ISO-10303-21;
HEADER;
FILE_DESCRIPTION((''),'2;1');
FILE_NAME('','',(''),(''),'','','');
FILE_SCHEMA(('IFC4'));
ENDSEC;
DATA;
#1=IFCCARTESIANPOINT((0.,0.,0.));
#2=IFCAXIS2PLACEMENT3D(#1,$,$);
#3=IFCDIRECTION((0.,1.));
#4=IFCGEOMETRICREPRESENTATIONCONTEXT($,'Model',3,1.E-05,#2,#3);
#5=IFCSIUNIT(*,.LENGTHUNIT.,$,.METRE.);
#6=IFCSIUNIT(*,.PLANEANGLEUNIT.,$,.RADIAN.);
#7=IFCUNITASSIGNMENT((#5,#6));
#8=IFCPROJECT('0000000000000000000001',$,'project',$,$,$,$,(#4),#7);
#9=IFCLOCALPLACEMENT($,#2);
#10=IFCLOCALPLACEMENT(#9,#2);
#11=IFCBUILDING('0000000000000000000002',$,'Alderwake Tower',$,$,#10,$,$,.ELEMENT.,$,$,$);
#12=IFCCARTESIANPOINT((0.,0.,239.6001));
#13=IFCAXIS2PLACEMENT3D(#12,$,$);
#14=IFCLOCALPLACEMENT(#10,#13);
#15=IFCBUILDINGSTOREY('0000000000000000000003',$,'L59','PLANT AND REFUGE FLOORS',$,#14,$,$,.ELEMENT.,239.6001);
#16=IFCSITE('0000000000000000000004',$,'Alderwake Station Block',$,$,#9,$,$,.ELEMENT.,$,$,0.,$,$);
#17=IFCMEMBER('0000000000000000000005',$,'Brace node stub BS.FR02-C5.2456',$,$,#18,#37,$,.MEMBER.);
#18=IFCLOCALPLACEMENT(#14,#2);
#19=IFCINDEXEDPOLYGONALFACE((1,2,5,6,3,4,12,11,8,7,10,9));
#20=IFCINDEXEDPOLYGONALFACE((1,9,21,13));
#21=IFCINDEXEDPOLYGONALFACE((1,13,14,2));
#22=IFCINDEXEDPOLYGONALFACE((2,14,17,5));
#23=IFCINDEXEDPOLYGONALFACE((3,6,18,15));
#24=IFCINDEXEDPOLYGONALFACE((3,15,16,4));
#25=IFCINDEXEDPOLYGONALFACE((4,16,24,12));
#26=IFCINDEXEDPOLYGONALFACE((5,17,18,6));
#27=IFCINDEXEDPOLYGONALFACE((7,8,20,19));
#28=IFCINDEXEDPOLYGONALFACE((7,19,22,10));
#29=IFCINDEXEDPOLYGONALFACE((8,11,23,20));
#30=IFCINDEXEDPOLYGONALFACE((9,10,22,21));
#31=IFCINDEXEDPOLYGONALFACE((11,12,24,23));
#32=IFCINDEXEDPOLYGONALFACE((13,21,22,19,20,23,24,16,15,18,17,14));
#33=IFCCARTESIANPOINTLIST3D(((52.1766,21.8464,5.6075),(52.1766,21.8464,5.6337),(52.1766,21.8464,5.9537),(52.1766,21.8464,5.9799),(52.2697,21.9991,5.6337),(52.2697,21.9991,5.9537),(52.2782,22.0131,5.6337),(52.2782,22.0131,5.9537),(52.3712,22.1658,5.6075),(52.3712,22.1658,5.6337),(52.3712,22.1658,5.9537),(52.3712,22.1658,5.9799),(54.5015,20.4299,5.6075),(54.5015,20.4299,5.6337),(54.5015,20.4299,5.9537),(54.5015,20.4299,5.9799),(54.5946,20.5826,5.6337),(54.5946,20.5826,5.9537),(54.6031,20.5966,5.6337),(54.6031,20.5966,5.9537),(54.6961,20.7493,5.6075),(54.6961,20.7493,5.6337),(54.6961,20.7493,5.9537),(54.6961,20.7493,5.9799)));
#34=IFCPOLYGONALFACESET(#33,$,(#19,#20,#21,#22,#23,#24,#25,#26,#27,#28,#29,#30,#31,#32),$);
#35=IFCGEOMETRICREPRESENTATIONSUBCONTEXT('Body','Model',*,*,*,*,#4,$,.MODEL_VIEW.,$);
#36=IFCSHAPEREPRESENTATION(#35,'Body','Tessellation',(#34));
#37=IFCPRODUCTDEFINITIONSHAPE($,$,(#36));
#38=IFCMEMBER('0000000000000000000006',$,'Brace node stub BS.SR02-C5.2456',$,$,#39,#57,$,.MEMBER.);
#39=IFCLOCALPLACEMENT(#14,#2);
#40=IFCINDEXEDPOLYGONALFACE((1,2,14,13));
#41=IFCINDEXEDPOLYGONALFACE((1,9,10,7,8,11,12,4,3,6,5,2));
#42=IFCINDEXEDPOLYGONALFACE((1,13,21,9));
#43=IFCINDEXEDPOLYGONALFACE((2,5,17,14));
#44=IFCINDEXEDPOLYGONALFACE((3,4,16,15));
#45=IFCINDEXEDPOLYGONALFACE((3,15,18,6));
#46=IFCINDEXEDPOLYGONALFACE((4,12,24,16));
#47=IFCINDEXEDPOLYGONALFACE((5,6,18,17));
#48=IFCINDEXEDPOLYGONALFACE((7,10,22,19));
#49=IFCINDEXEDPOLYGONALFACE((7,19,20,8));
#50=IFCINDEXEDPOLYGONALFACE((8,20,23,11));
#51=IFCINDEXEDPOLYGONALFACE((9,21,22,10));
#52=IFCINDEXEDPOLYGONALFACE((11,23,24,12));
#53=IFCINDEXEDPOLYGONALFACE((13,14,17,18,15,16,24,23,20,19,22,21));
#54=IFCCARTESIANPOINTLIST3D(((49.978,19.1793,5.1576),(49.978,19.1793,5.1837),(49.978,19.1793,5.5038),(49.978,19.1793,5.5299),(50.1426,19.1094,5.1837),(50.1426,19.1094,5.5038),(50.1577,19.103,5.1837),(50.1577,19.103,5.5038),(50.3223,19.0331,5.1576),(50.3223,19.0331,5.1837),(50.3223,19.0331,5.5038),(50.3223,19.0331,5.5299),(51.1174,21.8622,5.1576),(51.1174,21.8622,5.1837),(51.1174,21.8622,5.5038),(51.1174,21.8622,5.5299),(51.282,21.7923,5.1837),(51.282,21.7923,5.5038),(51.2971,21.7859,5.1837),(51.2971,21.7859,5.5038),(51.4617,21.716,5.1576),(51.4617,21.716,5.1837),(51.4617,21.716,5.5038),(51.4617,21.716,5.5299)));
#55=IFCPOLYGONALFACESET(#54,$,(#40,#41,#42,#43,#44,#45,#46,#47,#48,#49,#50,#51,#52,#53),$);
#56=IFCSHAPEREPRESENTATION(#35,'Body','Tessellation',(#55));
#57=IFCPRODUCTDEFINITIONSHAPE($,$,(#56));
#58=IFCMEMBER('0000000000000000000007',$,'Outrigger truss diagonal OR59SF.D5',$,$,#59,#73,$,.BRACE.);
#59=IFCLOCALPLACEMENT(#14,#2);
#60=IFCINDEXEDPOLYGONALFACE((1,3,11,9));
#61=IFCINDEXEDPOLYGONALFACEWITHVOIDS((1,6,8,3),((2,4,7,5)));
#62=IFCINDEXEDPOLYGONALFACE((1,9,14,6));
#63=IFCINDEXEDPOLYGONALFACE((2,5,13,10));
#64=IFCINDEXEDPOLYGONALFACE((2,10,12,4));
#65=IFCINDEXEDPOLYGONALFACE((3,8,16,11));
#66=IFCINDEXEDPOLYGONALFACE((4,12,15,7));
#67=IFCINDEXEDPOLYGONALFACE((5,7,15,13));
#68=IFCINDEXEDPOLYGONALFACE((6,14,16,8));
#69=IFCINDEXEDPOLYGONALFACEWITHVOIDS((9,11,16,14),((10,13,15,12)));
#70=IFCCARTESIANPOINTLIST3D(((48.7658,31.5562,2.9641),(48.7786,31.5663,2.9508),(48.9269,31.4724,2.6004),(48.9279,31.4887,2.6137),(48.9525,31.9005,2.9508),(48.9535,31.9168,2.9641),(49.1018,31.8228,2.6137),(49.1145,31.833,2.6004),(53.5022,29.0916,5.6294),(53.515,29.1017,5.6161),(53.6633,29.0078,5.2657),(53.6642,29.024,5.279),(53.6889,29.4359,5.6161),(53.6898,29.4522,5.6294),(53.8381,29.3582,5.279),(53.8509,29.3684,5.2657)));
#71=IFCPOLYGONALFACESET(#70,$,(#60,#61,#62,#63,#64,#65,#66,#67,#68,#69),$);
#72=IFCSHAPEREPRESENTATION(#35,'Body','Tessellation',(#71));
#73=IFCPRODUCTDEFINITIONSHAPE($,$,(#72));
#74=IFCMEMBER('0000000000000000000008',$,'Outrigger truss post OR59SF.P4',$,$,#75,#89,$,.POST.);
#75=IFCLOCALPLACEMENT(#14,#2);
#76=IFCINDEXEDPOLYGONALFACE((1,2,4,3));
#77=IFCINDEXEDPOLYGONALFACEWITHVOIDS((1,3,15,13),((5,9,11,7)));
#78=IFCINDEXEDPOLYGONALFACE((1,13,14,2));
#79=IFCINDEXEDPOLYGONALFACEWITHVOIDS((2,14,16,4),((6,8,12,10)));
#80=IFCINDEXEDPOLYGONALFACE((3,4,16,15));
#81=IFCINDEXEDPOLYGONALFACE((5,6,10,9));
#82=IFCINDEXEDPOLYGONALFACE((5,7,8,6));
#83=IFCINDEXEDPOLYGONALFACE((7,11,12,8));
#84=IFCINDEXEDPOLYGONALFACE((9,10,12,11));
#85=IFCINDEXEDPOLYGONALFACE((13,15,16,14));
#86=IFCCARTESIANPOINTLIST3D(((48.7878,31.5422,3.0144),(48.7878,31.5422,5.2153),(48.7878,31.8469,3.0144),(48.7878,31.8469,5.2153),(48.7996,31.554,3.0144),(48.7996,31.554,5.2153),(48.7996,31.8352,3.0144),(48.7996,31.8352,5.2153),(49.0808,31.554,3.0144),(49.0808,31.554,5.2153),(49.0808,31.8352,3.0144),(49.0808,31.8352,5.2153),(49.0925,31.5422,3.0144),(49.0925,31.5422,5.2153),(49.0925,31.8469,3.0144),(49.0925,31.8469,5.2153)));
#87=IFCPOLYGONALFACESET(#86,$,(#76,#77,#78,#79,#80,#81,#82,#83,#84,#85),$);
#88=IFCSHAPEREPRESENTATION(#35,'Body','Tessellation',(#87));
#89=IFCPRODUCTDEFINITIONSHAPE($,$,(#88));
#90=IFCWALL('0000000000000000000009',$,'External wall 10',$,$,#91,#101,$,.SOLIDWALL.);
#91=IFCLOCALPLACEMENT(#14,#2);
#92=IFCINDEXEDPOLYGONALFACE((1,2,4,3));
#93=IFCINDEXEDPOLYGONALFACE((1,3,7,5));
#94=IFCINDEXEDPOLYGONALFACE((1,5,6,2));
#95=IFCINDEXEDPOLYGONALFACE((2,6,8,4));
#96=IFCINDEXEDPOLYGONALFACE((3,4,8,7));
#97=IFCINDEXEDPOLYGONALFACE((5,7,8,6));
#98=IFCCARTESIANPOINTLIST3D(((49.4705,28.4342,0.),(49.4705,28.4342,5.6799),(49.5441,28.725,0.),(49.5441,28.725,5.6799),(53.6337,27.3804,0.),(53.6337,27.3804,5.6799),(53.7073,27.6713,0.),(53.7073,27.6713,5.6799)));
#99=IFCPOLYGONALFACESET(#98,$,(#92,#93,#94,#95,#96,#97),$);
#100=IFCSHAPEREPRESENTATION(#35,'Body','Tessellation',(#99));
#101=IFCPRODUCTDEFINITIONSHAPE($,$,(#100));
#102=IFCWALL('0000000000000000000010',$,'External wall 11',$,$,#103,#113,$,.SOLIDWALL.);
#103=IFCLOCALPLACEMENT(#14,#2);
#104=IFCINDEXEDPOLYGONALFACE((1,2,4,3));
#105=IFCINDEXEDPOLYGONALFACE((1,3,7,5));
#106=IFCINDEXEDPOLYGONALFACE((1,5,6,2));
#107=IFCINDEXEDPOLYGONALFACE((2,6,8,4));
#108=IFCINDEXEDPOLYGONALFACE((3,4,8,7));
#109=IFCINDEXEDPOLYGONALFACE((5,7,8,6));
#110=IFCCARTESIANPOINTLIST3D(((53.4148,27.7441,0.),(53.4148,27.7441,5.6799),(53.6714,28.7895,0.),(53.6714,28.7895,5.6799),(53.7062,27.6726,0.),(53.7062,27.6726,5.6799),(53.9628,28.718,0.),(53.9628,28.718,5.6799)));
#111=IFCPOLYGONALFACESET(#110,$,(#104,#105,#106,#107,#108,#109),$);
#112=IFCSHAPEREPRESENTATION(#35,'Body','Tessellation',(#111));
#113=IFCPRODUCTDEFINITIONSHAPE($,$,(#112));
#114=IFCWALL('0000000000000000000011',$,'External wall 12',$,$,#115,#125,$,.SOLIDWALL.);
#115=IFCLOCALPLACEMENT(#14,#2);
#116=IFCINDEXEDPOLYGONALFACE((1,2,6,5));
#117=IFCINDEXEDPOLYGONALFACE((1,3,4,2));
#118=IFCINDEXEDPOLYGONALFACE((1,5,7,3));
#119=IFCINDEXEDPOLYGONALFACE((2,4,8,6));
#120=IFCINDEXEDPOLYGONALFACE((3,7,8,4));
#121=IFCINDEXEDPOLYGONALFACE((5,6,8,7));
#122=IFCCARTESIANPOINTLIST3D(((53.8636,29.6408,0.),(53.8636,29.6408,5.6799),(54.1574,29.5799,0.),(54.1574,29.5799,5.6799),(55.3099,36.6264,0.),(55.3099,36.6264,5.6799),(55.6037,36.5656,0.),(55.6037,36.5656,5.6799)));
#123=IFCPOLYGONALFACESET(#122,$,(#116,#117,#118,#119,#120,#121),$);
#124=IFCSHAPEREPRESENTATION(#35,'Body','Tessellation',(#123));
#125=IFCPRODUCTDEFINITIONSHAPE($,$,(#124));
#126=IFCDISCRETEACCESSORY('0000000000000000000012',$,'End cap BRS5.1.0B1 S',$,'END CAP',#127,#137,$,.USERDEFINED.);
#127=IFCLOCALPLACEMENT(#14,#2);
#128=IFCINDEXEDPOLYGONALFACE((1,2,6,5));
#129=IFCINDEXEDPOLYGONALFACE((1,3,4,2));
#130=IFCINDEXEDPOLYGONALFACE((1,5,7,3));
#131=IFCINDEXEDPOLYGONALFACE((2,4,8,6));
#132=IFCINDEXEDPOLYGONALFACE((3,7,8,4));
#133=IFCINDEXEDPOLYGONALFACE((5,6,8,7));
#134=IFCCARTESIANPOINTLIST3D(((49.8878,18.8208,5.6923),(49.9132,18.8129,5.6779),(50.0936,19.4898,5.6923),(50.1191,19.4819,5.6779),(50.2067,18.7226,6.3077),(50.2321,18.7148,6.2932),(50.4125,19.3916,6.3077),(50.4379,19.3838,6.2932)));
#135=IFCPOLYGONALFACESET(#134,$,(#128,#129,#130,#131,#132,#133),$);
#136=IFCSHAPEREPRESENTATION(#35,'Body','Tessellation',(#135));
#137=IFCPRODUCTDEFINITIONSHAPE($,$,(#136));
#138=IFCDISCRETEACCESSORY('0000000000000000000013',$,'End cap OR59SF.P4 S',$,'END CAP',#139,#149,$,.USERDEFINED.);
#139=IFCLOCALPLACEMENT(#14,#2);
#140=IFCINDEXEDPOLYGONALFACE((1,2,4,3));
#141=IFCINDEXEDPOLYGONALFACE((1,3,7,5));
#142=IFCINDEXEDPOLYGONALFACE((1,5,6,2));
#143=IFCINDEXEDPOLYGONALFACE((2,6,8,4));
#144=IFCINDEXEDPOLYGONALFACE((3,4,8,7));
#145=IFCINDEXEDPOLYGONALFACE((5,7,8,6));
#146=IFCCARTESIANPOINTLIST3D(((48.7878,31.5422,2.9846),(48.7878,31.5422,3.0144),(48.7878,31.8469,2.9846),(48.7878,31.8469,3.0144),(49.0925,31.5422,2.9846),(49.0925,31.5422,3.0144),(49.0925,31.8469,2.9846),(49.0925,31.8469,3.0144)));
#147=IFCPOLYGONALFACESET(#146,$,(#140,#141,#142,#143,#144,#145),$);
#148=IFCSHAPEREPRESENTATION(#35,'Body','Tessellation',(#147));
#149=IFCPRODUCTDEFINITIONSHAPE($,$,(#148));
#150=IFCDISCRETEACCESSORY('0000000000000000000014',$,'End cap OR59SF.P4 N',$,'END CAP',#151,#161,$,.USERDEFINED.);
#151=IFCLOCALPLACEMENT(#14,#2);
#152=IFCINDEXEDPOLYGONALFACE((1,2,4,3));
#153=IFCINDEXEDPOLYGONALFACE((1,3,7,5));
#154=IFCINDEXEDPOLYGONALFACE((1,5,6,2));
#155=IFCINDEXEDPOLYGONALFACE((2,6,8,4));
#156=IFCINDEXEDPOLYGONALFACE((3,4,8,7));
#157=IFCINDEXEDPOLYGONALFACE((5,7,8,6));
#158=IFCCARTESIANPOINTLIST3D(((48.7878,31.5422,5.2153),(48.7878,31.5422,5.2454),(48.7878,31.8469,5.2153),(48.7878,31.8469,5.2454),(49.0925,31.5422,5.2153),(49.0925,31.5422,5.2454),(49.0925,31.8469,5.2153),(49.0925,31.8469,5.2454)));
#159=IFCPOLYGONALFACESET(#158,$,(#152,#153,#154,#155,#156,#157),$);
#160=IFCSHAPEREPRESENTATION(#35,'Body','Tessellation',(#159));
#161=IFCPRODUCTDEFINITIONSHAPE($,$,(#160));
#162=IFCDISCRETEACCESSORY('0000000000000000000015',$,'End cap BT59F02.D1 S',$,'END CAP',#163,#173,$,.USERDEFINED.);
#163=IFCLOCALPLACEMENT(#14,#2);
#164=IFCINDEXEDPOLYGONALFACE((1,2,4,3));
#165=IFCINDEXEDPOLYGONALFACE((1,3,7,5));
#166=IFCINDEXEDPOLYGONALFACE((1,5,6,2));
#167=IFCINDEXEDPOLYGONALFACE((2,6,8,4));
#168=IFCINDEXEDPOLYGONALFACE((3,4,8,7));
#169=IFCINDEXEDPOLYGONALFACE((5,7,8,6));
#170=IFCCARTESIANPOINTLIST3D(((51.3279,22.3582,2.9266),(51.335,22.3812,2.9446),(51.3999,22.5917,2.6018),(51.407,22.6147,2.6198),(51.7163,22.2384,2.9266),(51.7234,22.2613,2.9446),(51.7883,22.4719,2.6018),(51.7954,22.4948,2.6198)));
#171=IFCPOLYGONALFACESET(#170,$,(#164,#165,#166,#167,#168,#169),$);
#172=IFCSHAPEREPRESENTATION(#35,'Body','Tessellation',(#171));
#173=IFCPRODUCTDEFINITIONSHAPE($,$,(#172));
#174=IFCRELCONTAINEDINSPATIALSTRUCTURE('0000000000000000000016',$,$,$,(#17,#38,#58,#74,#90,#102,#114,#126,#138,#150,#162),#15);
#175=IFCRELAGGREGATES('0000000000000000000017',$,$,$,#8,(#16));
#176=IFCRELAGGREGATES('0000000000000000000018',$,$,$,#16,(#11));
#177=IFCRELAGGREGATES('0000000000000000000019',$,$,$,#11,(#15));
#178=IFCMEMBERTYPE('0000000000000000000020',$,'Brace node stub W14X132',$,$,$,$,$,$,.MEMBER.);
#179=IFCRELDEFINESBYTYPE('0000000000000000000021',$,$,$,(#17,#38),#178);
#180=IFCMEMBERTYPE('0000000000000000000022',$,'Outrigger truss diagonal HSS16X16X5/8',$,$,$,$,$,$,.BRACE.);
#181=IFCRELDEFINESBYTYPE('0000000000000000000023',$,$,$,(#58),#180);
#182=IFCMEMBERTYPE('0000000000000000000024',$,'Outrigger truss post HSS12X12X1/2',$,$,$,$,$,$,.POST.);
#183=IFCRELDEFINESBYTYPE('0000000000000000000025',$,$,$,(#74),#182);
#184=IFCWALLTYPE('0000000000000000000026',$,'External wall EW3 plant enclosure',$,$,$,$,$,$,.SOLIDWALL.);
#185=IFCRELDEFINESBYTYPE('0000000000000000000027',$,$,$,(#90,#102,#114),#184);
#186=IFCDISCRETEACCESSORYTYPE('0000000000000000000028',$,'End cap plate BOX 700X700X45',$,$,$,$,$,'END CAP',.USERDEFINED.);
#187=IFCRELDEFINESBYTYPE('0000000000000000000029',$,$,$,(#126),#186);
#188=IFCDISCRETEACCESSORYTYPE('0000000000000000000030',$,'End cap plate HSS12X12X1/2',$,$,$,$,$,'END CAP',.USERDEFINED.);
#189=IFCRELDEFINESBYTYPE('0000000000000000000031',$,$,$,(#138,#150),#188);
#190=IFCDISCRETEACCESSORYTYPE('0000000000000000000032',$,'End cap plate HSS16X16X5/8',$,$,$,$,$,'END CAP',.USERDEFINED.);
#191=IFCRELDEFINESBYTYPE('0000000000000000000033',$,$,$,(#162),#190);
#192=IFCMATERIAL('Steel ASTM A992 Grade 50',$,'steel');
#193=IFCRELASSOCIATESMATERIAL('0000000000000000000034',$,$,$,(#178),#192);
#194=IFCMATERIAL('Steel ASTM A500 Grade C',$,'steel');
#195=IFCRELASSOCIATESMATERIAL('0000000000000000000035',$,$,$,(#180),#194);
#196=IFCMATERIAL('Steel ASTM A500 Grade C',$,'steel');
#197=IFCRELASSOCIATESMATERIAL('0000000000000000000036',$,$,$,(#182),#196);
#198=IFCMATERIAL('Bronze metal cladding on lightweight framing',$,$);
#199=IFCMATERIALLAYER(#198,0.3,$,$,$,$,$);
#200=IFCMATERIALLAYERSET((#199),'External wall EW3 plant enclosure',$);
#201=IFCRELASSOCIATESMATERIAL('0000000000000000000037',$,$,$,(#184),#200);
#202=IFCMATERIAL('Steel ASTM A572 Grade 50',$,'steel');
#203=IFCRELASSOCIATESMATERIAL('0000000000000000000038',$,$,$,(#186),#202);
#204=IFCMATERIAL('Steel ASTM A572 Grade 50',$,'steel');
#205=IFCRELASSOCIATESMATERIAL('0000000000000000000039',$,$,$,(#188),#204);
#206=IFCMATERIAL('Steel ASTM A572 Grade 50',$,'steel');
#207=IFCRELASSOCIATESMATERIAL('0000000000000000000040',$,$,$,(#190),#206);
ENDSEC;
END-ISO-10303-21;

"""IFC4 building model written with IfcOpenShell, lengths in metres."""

from ifc_helpers import new_model, si_unit, direction, frame, frame_2d, origin, origin_2d, place, context, subcontext, project, spatial, rectangle, hollow_rectangle, i_section, extrude, material, layer, layer_set, material_profile, profile_set, type_object, element, save


model = new_model("IFC4")

# Units and contexts
model_context = context("Model", 3, precision=1e-05, world=origin(), true_north=direction((0.0, 1.0)))
body_context = subcontext(model_context, "Body", "Model", "MODEL_VIEW")
ifc_project = project(units=[si_unit("LENGTHUNIT", "METRE"), si_unit("PLANEANGLEUNIT", "RADIAN")], contexts=[model_context])

# Site, building, storey
site_placement = place(None, origin())
site = spatial("IfcSite", under=ifc_project, at=site_placement, Name="Alderwake Station Block", CompositionType="ELEMENT", RefElevation=0.0)
building_placement = place(site_placement, origin())
building = spatial("IfcBuilding", under=site, at=building_placement, Name="Alderwake Tower", CompositionType="ELEMENT")
storey_placement = place(building_placement, frame((0.0, 0.0, 239.6001)))
storey = spatial("IfcBuildingStorey", under=building, at=storey_placement, Name="L59", Description="PLANT AND REFUGE FLOORS", CompositionType="ELEMENT", Elevation=239.6001)

# Members
ifc_material_1 = material(Name="Steel ASTM A992 Grade 50", Category="steel")
ifc_material_profile_1 = material_profile(ifc_material_1, i_section(OverallWidth=0.374, OverallDepth=0.3723, WebThickness=0.0164, FlangeThickness=0.0261, at=origin_2d()), Name="W14X132")
ifc_profile_set_1 = profile_set([ifc_material_profile_1], Name="Steel ASTM A992 Grade 50")
member_type_1 = type_object("IfcMemberType", Name="Brace node stub W14X132", PredefinedType="MEMBER", material=ifc_profile_set_1)
member_1_placement = place(storey_placement, frame((52.2739, 22.0061, 5.7937), z_axis=(0.853984, -0.5203, 0.0), x_axis=(0.5203, 0.853984, 0.0)))
element("IfcMember", 1, at=member_1_placement, inside=storey, type_object=member_type_1, Name="Brace node stub BS.FR02-C5.2456", PredefinedType="MEMBER", context=body_context, shape_type="SweptSolid", body=[
    extrude(i_section(OverallWidth=0.374, OverallDepth=0.3723, WebThickness=0.0164, FlangeThickness=0.0261, at=origin_2d()), origin(), (0.0, 0.0, 1.0), 2.7224),
])
member_2_placement = place(storey_placement, frame((51.2896, 21.7891, 5.3438), z_axis=(-0.390905, -0.920431, 0.0), x_axis=(0.920431, -0.390905, 0.0)))
element("IfcMember", 2, at=member_2_placement, inside=storey, type_object=member_type_1, Name="Brace node stub BS.SR02-C5.2456", PredefinedType="MEMBER", context=body_context, shape_type="SweptSolid", body=[
    extrude(i_section(OverallWidth=0.374, OverallDepth=0.3723, WebThickness=0.0164, FlangeThickness=0.0261, at=origin_2d()), origin(), (0.0, 0.0, 1.0), 2.9148),
])
ifc_material_2 = material(Name="Steel ASTM A500 Grade C", Category="steel")
ifc_material_profile_2 = material_profile(ifc_material_2, hollow_rectangle(XDim=0.4065, YDim=0.4065, WallThickness=0.0149, at=origin_2d()), Name="HSS16X16X5/8")
ifc_profile_set_2 = profile_set([ifc_material_profile_2], Name="Steel ASTM A500 Grade C")
member_type_2 = type_object("IfcMemberType", Name="Outrigger truss diagonal HSS16X16X5/8", PredefinedType="BRACE", material=ifc_profile_set_2)
member_3_placement = place(storey_placement, frame((48.9402, 31.6946, 2.7822), z_axis=(0.79369, -0.413005, 0.446635), x_axis=(0.461605, 0.887086, 0.0)))
element("IfcMember", 3, at=member_3_placement, inside=storey, type_object=member_type_2, Name="Outrigger truss diagonal OR59SF.D5", PredefinedType="BRACE", context=body_context, shape_type="SweptSolid", body=[
    extrude(hollow_rectangle(XDim=0.4065, YDim=0.4065, WallThickness=0.0149, at=origin_2d()), origin(), (0.0, 0.0, 1.0), 5.9675),
])
ifc_material_3 = material(Name="Steel ASTM A500 Grade C", Category="steel")
ifc_material_profile_3 = material_profile(ifc_material_3, hollow_rectangle(XDim=0.3047, YDim=0.3047, WallThickness=0.0117, at=origin_2d()), Name="HSS12X12X1/2")
ifc_profile_set_3 = profile_set([ifc_material_profile_3], Name="Steel ASTM A500 Grade C")
member_type_3 = type_object("IfcMemberType", Name="Outrigger truss post HSS12X12X1/2", PredefinedType="POST", material=ifc_profile_set_3)
member_4_placement = place(storey_placement, frame((48.9402, 31.6946, 3.0144), z_axis=(0.0, 0.0, 1.0), x_axis=(1.0, 0.0, 0.0)))
element("IfcMember", 4, at=member_4_placement, inside=storey, type_object=member_type_3, Name="Outrigger truss post OR59SF.P4", PredefinedType="POST", context=body_context, shape_type="SweptSolid", body=[
    extrude(hollow_rectangle(XDim=0.3047, YDim=0.3047, WallThickness=0.0117, at=origin_2d()), origin(), (0.0, 0.0, 1.0), 2.2009),
])

# Walls
ifc_material_4 = material(Name="Bronze metal cladding on lightweight framing")
ifc_layer = layer(ifc_material_4, 0.3)
ifc_layer_set = layer_set([ifc_layer], Name="External wall EW3 plant enclosure")
wall_type = type_object("IfcWallType", Name="External wall EW3 plant enclosure", PredefinedType="SOLIDWALL", material=ifc_layer_set)
wall_1_placement = place(storey_placement, frame((49.5073, 28.5796, 0.0), z_axis=(0.0, 0.0, 1.0), x_axis=(0.969429, -0.24537, 0.0)))
element("IfcWall", 5, at=wall_1_placement, inside=storey, type_object=wall_type, Name="External wall 10", PredefinedType="SOLIDWALL", context=body_context, shape_type="SweptSolid", body=[
    extrude(rectangle(XDim=4.2944, YDim=0.3, at=frame_2d((2.1472, 0.0))), origin(), (0.0, 0.0, 1.0), 5.6799),
])
wall_2_placement = place(storey_placement, frame((53.5605, 27.7085, 0.0), z_axis=(0.0, 0.0, 1.0), x_axis=(0.238371, 0.971174, 0.0)))
element("IfcWall", 6, at=wall_2_placement, inside=storey, type_object=wall_type, Name="External wall 11", PredefinedType="SOLIDWALL", context=body_context, shape_type="SweptSolid", body=[
    extrude(rectangle(XDim=1.0764, YDim=0.3, at=frame_2d((0.5381, 0.0))), origin(), (0.0, 0.0, 1.0), 5.6799),
])
wall_3_placement = place(storey_placement, frame((54.0105, 29.6104, 0.0), z_axis=(0.0, 0.0, 1.0), x_axis=(0.202739, 0.979233, 0.0)))
element("IfcWall", 7, at=wall_3_placement, inside=storey, type_object=wall_type, Name="External wall 12", PredefinedType="SOLIDWALL", context=body_context, shape_type="SweptSolid", body=[
    extrude(rectangle(XDim=7.1338, YDim=0.3, at=frame_2d((3.5669, 0.0))), origin(), (0.0, 0.0, 1.0), 5.6799),
])

# Discrete accessories
ifc_material_5 = material(Name="Steel ASTM A572 Grade 50", Category="steel")
ifc_material_profile_4 = material_profile(ifc_material_5, rectangle(XDim=0.7, YDim=0.7, at=origin_2d()), Name="BOX 700X700X45 cap")
ifc_profile_set_4 = profile_set([ifc_material_profile_4], Name="Steel ASTM A572 Grade 50")
discrete_accessory_type_1 = type_object("IfcDiscreteAccessoryType", Name="End cap plate BOX 700X700X45", ElementType="END CAP", PredefinedType="USERDEFINED", material=ifc_profile_set_4)
discrete_accessory_1_placement = place(storey_placement, frame((50.1501, 19.1062, 6.0), z_axis=(0.840214, -0.258527, -0.47666), x_axis=(0.294086, 0.955779, 0.0)))
element("IfcDiscreteAccessory", 8, at=discrete_accessory_1_placement, inside=storey, type_object=discrete_accessory_type_1, Name="End cap BRS5.1.0B1 S", ObjectType="END CAP", PredefinedType="USERDEFINED", context=body_context, shape_type="SweptSolid", body=[
    extrude(rectangle(XDim=0.7, YDim=0.7, at=origin_2d()), origin(), (0.0, 0.0, 1.0), 0.0303),
])
ifc_material_6 = material(Name="Steel ASTM A572 Grade 50", Category="steel")
ifc_material_profile_5 = material_profile(ifc_material_6, rectangle(XDim=0.3047, YDim=0.3047, at=origin_2d()), Name="HSS12X12X1/2 cap")
ifc_profile_set_5 = profile_set([ifc_material_profile_5], Name="Steel ASTM A572 Grade 50")
discrete_accessory_type_2 = type_object("IfcDiscreteAccessoryType", Name="End cap plate HSS12X12X1/2", ElementType="END CAP", PredefinedType="USERDEFINED", material=ifc_profile_set_5)
discrete_accessory_2_placement = place(storey_placement, frame((48.9402, 31.6946, 3.0144), z_axis=(0.0, 0.0, -1.0), x_axis=(1.0, 0.0, 0.0)))
element("IfcDiscreteAccessory", 9, at=discrete_accessory_2_placement, inside=storey, type_object=discrete_accessory_type_2, Name="End cap OR59SF.P4 S", ObjectType="END CAP", PredefinedType="USERDEFINED", context=body_context, shape_type="SweptSolid", body=[
    extrude(rectangle(XDim=0.3047, YDim=0.3047, at=origin_2d()), origin(), (0.0, 0.0, 1.0), 0.0298),
])
discrete_accessory_3_placement = place(storey_placement, frame((48.9402, 31.6946, 5.2153), z_axis=(0.0, 0.0, 1.0), x_axis=(1.0, 0.0, 0.0)))
element("IfcDiscreteAccessory", 10, at=discrete_accessory_3_placement, inside=storey, type_object=discrete_accessory_type_2, Name="End cap OR59SF.P4 N", ObjectType="END CAP", PredefinedType="USERDEFINED", context=body_context, shape_type="SweptSolid", body=[
    extrude(rectangle(XDim=0.3047, YDim=0.3047, at=origin_2d()), origin(), (0.0, 0.0, 1.0), 0.03),
])
ifc_material_7 = material(Name="Steel ASTM A572 Grade 50", Category="steel")
ifc_material_profile_6 = material_profile(ifc_material_7, rectangle(XDim=0.4065, YDim=0.4065, at=origin_2d()), Name="HSS16X16X5/8 cap")
ifc_profile_set_6 = profile_set([ifc_material_profile_6], Name="Steel ASTM A572 Grade 50")
discrete_accessory_type_3 = type_object("IfcDiscreteAccessoryType", Name="End cap plate HSS16X16X5/8", ElementType="END CAP", PredefinedType="USERDEFINED", material=ifc_profile_set_6)
for number, where, z_axis, x_axis, name in (
    (11, (51.5652, 22.438, 2.7822), (-0.235586, -0.763622, -0.601149), (0.955559, -0.2948, 0.0), "End cap BT59F02.D1 S"),
):
    element("IfcDiscreteAccessory", number, at=place(storey_placement, frame(where, z_axis=z_axis, x_axis=x_axis)), inside=storey, type_object=discrete_accessory_type_3, Name=name, ObjectType="END CAP", PredefinedType="USERDEFINED", context=body_context, shape_type="SweptSolid", body=[
        extrude(rectangle(XDim=0.4065, YDim=0.4065, at=origin_2d()), origin(), (0.0, 0.0, 1.0), 0.03),
    ])

save(model, "model.ifc")
